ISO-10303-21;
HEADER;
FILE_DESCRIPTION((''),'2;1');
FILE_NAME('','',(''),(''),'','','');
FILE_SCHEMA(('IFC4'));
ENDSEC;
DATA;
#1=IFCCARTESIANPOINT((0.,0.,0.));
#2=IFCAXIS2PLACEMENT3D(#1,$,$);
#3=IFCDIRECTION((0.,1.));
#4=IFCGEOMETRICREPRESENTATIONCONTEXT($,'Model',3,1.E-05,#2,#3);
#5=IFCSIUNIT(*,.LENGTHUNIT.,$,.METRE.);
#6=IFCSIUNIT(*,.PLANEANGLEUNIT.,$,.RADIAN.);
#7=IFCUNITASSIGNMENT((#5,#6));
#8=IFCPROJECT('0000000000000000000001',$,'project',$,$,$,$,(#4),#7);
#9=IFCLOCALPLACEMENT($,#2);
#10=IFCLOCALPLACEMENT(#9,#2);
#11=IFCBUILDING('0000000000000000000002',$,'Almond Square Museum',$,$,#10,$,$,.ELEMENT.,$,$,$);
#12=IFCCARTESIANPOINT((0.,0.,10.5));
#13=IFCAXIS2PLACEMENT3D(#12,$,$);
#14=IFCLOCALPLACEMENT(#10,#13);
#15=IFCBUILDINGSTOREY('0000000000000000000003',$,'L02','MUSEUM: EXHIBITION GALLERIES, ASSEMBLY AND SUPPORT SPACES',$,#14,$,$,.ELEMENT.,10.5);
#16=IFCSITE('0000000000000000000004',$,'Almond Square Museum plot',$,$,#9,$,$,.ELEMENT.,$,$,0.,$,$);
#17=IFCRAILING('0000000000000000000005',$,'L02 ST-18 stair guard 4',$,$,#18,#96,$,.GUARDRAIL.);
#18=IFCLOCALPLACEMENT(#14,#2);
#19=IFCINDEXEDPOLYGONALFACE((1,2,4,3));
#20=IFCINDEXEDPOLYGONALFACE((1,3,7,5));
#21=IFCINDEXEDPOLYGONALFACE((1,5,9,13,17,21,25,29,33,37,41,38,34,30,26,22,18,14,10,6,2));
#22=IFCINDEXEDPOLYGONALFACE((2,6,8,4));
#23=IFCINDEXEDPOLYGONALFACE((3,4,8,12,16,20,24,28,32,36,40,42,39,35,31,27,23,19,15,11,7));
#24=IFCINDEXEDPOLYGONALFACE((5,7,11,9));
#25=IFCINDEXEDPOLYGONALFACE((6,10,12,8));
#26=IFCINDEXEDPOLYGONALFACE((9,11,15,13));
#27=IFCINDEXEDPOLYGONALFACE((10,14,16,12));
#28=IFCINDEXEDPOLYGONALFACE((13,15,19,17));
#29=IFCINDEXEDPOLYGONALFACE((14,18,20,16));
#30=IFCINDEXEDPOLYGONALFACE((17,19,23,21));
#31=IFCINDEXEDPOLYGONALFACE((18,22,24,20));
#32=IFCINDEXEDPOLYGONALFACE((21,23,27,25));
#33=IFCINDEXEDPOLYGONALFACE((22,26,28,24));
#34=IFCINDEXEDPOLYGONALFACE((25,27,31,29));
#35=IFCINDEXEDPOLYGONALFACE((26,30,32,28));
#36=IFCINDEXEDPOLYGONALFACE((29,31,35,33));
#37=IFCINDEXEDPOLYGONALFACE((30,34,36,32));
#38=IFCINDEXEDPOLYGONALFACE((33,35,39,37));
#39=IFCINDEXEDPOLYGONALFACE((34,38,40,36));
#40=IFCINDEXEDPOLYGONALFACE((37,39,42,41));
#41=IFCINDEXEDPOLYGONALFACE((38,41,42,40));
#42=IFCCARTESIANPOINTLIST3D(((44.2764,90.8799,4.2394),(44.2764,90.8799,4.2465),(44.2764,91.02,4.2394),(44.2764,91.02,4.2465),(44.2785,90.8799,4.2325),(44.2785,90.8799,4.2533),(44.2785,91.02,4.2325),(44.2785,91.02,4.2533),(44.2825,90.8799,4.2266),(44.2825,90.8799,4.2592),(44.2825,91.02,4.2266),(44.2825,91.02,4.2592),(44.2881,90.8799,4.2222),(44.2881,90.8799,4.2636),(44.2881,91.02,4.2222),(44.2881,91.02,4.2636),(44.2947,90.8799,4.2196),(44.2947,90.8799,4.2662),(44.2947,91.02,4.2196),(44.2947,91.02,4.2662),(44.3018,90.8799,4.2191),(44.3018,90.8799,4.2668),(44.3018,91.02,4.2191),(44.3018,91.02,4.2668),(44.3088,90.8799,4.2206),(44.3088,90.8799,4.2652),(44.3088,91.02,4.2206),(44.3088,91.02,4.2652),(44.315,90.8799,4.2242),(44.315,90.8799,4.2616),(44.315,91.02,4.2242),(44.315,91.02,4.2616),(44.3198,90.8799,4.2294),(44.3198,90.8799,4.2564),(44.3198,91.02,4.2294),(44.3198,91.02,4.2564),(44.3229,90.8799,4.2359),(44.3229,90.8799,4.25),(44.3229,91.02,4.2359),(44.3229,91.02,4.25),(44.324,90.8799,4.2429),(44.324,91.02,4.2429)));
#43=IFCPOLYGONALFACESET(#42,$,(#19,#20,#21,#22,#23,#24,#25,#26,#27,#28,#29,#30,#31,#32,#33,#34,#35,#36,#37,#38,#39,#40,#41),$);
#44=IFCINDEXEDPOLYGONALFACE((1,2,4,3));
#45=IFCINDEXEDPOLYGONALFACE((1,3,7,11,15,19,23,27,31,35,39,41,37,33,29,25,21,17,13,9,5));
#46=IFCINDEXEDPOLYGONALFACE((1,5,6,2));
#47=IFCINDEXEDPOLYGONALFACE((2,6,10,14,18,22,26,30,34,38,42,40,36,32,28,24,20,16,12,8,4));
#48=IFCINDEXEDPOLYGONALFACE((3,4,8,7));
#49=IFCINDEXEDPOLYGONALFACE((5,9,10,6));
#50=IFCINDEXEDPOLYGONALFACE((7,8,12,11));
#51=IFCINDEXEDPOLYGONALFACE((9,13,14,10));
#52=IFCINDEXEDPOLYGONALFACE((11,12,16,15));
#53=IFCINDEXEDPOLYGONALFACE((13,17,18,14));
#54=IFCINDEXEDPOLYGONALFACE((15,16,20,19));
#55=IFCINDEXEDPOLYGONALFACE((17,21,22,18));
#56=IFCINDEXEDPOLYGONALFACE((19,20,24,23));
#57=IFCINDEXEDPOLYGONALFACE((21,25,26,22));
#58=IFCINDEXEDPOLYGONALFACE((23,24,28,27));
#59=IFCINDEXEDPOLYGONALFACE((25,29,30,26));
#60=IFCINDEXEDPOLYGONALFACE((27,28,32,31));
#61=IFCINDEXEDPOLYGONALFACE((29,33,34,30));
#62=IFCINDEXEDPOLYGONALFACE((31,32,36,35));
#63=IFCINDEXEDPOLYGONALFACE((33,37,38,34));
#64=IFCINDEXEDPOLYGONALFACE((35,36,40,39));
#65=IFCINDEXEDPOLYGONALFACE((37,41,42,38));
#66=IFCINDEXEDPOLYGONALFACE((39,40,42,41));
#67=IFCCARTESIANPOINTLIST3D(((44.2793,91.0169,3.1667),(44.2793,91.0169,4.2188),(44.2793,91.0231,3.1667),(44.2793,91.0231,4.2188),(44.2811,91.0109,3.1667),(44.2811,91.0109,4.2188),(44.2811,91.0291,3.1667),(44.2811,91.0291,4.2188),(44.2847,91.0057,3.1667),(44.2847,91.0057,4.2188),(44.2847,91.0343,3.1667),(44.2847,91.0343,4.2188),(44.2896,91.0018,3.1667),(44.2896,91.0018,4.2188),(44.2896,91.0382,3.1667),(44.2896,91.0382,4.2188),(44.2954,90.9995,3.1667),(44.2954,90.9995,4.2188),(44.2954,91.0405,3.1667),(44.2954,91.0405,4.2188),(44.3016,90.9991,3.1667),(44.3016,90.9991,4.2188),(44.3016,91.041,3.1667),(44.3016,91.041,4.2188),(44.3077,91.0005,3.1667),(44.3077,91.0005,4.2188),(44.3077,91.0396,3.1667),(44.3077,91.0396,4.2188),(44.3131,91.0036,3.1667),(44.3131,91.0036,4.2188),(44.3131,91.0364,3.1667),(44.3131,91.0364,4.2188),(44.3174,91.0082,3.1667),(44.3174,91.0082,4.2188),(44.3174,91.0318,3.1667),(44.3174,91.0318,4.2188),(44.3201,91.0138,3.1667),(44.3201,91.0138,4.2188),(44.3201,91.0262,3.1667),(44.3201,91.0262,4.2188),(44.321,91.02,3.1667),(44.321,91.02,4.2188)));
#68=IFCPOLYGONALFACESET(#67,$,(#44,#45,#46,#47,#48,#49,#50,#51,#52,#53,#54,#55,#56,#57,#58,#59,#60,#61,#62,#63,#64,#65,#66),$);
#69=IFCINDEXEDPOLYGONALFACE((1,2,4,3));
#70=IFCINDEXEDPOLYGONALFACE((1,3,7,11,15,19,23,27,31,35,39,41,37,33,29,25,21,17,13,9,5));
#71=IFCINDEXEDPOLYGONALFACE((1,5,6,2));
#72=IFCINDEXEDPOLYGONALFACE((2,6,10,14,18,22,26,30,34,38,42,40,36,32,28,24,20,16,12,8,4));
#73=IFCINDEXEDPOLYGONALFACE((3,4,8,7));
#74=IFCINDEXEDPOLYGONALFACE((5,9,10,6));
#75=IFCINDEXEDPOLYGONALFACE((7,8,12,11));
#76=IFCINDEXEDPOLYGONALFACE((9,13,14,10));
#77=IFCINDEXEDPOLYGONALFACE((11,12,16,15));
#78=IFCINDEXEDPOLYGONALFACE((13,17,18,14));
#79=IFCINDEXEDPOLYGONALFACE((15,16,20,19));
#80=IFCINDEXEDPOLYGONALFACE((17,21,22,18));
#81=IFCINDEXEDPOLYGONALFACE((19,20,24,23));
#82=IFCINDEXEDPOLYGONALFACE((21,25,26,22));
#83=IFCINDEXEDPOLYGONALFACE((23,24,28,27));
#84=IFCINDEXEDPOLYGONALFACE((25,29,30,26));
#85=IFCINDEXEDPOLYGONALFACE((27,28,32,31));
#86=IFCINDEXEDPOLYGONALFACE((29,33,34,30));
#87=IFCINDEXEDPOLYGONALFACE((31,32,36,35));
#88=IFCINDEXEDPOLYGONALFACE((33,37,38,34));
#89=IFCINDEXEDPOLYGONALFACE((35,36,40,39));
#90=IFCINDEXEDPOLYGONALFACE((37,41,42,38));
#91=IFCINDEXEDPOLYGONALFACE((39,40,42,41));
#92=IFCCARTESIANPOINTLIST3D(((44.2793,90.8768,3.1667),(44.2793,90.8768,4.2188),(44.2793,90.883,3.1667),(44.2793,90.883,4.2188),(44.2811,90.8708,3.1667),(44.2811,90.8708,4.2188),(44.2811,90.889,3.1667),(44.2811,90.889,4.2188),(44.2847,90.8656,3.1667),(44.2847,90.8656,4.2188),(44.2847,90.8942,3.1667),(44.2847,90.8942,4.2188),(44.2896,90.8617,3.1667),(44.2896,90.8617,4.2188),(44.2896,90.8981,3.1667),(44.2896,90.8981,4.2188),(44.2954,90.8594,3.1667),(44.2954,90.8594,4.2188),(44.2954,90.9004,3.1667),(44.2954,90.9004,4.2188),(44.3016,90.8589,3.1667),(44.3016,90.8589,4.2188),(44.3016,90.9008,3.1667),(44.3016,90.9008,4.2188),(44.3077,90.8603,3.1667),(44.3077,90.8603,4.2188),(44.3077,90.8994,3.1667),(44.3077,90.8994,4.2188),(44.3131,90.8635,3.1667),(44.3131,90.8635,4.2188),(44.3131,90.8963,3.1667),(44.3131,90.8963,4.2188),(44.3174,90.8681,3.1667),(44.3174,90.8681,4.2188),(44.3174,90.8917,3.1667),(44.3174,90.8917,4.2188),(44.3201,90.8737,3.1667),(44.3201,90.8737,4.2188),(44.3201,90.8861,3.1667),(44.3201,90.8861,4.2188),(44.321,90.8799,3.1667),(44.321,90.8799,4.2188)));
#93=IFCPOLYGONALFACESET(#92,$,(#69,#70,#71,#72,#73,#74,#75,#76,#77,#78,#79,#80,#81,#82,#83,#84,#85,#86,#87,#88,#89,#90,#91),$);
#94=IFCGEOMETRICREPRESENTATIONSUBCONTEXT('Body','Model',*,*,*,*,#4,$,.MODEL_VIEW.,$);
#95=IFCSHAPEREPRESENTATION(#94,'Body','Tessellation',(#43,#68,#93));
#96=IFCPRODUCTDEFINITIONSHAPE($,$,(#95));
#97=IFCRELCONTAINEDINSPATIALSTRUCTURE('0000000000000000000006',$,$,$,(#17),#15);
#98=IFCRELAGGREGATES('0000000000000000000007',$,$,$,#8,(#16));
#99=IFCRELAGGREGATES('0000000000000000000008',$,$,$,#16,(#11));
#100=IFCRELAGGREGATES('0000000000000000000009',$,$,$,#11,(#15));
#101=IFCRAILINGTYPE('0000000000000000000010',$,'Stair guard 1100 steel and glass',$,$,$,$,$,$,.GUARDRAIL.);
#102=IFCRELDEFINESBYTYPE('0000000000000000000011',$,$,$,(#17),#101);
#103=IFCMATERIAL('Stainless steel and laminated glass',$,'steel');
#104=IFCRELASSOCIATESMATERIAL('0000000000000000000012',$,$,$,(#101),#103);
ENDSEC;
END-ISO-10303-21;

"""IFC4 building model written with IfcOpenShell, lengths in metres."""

from ifc_helpers import new_model, si_unit, direction, frame, origin, origin_2d, place, context, subcontext, project, spatial, circle, extrude, material, type_object, element, save


model = new_model("IFC4")

# Units and contexts
model_context = context("Model", 3, precision=1e-05, world=origin(), true_north=direction((0.0, 1.0)))
body_context = subcontext(model_context, "Body", "Model", "MODEL_VIEW")
ifc_project = project(units=[si_unit("LENGTHUNIT", "METRE"), si_unit("PLANEANGLEUNIT", "RADIAN")], contexts=[model_context])

# Site, building, storey
site_placement = place(None, origin())
site = spatial("IfcSite", under=ifc_project, at=site_placement, Name="Almond Square Museum plot", CompositionType="ELEMENT", RefElevation=0.0)
building_placement = place(site_placement, origin())
building = spatial("IfcBuilding", under=site, at=building_placement, Name="Almond Square Museum", CompositionType="ELEMENT")
storey_placement = place(building_placement, frame((0.0, 0.0, 10.5)))
storey = spatial("IfcBuildingStorey", under=building, at=storey_placement, Name="L02", Description="MUSEUM: EXHIBITION GALLERIES, ASSEMBLY AND SUPPORT SPACES", CompositionType="ELEMENT", Elevation=10.5)

# Railing
ifc_material_1 = material(Name="Stainless steel and laminated glass", Category="steel")
railing_type_1 = type_object("IfcRailingType", Name="Stair guard 1100 steel and glass", PredefinedType="GUARDRAIL", material=ifc_material_1)
railing_1_placement = place(storey_placement, frame((44.3, 91.02, 3.1667)))
element("IfcRailing", 1, at=railing_1_placement, inside=storey, type_object=railing_type_1, Name="L02 ST-18 stair guard 4", PredefinedType="GUARDRAIL", context=body_context, shape_type="SweptSolid", body=[
    extrude(circle(Radius=0.0239, at=origin_2d()), frame((0.0, 0.0, 1.0762), z_axis=(0.0, -1.0, 0.0), x_axis=(1.0, 0.0, 0.0)), (0.0, 0.0, 1.0), 0.1401),
    extrude(circle(Radius=0.021, at=origin_2d()), origin(), (0.0, 0.0, 1.0), 1.052),
    extrude(circle(Radius=0.021, at=origin_2d()), frame((0.0, -0.1401, 0.0)), (0.0, 0.0, 1.0), 1.052),
])

save(model, "model.ifc")
